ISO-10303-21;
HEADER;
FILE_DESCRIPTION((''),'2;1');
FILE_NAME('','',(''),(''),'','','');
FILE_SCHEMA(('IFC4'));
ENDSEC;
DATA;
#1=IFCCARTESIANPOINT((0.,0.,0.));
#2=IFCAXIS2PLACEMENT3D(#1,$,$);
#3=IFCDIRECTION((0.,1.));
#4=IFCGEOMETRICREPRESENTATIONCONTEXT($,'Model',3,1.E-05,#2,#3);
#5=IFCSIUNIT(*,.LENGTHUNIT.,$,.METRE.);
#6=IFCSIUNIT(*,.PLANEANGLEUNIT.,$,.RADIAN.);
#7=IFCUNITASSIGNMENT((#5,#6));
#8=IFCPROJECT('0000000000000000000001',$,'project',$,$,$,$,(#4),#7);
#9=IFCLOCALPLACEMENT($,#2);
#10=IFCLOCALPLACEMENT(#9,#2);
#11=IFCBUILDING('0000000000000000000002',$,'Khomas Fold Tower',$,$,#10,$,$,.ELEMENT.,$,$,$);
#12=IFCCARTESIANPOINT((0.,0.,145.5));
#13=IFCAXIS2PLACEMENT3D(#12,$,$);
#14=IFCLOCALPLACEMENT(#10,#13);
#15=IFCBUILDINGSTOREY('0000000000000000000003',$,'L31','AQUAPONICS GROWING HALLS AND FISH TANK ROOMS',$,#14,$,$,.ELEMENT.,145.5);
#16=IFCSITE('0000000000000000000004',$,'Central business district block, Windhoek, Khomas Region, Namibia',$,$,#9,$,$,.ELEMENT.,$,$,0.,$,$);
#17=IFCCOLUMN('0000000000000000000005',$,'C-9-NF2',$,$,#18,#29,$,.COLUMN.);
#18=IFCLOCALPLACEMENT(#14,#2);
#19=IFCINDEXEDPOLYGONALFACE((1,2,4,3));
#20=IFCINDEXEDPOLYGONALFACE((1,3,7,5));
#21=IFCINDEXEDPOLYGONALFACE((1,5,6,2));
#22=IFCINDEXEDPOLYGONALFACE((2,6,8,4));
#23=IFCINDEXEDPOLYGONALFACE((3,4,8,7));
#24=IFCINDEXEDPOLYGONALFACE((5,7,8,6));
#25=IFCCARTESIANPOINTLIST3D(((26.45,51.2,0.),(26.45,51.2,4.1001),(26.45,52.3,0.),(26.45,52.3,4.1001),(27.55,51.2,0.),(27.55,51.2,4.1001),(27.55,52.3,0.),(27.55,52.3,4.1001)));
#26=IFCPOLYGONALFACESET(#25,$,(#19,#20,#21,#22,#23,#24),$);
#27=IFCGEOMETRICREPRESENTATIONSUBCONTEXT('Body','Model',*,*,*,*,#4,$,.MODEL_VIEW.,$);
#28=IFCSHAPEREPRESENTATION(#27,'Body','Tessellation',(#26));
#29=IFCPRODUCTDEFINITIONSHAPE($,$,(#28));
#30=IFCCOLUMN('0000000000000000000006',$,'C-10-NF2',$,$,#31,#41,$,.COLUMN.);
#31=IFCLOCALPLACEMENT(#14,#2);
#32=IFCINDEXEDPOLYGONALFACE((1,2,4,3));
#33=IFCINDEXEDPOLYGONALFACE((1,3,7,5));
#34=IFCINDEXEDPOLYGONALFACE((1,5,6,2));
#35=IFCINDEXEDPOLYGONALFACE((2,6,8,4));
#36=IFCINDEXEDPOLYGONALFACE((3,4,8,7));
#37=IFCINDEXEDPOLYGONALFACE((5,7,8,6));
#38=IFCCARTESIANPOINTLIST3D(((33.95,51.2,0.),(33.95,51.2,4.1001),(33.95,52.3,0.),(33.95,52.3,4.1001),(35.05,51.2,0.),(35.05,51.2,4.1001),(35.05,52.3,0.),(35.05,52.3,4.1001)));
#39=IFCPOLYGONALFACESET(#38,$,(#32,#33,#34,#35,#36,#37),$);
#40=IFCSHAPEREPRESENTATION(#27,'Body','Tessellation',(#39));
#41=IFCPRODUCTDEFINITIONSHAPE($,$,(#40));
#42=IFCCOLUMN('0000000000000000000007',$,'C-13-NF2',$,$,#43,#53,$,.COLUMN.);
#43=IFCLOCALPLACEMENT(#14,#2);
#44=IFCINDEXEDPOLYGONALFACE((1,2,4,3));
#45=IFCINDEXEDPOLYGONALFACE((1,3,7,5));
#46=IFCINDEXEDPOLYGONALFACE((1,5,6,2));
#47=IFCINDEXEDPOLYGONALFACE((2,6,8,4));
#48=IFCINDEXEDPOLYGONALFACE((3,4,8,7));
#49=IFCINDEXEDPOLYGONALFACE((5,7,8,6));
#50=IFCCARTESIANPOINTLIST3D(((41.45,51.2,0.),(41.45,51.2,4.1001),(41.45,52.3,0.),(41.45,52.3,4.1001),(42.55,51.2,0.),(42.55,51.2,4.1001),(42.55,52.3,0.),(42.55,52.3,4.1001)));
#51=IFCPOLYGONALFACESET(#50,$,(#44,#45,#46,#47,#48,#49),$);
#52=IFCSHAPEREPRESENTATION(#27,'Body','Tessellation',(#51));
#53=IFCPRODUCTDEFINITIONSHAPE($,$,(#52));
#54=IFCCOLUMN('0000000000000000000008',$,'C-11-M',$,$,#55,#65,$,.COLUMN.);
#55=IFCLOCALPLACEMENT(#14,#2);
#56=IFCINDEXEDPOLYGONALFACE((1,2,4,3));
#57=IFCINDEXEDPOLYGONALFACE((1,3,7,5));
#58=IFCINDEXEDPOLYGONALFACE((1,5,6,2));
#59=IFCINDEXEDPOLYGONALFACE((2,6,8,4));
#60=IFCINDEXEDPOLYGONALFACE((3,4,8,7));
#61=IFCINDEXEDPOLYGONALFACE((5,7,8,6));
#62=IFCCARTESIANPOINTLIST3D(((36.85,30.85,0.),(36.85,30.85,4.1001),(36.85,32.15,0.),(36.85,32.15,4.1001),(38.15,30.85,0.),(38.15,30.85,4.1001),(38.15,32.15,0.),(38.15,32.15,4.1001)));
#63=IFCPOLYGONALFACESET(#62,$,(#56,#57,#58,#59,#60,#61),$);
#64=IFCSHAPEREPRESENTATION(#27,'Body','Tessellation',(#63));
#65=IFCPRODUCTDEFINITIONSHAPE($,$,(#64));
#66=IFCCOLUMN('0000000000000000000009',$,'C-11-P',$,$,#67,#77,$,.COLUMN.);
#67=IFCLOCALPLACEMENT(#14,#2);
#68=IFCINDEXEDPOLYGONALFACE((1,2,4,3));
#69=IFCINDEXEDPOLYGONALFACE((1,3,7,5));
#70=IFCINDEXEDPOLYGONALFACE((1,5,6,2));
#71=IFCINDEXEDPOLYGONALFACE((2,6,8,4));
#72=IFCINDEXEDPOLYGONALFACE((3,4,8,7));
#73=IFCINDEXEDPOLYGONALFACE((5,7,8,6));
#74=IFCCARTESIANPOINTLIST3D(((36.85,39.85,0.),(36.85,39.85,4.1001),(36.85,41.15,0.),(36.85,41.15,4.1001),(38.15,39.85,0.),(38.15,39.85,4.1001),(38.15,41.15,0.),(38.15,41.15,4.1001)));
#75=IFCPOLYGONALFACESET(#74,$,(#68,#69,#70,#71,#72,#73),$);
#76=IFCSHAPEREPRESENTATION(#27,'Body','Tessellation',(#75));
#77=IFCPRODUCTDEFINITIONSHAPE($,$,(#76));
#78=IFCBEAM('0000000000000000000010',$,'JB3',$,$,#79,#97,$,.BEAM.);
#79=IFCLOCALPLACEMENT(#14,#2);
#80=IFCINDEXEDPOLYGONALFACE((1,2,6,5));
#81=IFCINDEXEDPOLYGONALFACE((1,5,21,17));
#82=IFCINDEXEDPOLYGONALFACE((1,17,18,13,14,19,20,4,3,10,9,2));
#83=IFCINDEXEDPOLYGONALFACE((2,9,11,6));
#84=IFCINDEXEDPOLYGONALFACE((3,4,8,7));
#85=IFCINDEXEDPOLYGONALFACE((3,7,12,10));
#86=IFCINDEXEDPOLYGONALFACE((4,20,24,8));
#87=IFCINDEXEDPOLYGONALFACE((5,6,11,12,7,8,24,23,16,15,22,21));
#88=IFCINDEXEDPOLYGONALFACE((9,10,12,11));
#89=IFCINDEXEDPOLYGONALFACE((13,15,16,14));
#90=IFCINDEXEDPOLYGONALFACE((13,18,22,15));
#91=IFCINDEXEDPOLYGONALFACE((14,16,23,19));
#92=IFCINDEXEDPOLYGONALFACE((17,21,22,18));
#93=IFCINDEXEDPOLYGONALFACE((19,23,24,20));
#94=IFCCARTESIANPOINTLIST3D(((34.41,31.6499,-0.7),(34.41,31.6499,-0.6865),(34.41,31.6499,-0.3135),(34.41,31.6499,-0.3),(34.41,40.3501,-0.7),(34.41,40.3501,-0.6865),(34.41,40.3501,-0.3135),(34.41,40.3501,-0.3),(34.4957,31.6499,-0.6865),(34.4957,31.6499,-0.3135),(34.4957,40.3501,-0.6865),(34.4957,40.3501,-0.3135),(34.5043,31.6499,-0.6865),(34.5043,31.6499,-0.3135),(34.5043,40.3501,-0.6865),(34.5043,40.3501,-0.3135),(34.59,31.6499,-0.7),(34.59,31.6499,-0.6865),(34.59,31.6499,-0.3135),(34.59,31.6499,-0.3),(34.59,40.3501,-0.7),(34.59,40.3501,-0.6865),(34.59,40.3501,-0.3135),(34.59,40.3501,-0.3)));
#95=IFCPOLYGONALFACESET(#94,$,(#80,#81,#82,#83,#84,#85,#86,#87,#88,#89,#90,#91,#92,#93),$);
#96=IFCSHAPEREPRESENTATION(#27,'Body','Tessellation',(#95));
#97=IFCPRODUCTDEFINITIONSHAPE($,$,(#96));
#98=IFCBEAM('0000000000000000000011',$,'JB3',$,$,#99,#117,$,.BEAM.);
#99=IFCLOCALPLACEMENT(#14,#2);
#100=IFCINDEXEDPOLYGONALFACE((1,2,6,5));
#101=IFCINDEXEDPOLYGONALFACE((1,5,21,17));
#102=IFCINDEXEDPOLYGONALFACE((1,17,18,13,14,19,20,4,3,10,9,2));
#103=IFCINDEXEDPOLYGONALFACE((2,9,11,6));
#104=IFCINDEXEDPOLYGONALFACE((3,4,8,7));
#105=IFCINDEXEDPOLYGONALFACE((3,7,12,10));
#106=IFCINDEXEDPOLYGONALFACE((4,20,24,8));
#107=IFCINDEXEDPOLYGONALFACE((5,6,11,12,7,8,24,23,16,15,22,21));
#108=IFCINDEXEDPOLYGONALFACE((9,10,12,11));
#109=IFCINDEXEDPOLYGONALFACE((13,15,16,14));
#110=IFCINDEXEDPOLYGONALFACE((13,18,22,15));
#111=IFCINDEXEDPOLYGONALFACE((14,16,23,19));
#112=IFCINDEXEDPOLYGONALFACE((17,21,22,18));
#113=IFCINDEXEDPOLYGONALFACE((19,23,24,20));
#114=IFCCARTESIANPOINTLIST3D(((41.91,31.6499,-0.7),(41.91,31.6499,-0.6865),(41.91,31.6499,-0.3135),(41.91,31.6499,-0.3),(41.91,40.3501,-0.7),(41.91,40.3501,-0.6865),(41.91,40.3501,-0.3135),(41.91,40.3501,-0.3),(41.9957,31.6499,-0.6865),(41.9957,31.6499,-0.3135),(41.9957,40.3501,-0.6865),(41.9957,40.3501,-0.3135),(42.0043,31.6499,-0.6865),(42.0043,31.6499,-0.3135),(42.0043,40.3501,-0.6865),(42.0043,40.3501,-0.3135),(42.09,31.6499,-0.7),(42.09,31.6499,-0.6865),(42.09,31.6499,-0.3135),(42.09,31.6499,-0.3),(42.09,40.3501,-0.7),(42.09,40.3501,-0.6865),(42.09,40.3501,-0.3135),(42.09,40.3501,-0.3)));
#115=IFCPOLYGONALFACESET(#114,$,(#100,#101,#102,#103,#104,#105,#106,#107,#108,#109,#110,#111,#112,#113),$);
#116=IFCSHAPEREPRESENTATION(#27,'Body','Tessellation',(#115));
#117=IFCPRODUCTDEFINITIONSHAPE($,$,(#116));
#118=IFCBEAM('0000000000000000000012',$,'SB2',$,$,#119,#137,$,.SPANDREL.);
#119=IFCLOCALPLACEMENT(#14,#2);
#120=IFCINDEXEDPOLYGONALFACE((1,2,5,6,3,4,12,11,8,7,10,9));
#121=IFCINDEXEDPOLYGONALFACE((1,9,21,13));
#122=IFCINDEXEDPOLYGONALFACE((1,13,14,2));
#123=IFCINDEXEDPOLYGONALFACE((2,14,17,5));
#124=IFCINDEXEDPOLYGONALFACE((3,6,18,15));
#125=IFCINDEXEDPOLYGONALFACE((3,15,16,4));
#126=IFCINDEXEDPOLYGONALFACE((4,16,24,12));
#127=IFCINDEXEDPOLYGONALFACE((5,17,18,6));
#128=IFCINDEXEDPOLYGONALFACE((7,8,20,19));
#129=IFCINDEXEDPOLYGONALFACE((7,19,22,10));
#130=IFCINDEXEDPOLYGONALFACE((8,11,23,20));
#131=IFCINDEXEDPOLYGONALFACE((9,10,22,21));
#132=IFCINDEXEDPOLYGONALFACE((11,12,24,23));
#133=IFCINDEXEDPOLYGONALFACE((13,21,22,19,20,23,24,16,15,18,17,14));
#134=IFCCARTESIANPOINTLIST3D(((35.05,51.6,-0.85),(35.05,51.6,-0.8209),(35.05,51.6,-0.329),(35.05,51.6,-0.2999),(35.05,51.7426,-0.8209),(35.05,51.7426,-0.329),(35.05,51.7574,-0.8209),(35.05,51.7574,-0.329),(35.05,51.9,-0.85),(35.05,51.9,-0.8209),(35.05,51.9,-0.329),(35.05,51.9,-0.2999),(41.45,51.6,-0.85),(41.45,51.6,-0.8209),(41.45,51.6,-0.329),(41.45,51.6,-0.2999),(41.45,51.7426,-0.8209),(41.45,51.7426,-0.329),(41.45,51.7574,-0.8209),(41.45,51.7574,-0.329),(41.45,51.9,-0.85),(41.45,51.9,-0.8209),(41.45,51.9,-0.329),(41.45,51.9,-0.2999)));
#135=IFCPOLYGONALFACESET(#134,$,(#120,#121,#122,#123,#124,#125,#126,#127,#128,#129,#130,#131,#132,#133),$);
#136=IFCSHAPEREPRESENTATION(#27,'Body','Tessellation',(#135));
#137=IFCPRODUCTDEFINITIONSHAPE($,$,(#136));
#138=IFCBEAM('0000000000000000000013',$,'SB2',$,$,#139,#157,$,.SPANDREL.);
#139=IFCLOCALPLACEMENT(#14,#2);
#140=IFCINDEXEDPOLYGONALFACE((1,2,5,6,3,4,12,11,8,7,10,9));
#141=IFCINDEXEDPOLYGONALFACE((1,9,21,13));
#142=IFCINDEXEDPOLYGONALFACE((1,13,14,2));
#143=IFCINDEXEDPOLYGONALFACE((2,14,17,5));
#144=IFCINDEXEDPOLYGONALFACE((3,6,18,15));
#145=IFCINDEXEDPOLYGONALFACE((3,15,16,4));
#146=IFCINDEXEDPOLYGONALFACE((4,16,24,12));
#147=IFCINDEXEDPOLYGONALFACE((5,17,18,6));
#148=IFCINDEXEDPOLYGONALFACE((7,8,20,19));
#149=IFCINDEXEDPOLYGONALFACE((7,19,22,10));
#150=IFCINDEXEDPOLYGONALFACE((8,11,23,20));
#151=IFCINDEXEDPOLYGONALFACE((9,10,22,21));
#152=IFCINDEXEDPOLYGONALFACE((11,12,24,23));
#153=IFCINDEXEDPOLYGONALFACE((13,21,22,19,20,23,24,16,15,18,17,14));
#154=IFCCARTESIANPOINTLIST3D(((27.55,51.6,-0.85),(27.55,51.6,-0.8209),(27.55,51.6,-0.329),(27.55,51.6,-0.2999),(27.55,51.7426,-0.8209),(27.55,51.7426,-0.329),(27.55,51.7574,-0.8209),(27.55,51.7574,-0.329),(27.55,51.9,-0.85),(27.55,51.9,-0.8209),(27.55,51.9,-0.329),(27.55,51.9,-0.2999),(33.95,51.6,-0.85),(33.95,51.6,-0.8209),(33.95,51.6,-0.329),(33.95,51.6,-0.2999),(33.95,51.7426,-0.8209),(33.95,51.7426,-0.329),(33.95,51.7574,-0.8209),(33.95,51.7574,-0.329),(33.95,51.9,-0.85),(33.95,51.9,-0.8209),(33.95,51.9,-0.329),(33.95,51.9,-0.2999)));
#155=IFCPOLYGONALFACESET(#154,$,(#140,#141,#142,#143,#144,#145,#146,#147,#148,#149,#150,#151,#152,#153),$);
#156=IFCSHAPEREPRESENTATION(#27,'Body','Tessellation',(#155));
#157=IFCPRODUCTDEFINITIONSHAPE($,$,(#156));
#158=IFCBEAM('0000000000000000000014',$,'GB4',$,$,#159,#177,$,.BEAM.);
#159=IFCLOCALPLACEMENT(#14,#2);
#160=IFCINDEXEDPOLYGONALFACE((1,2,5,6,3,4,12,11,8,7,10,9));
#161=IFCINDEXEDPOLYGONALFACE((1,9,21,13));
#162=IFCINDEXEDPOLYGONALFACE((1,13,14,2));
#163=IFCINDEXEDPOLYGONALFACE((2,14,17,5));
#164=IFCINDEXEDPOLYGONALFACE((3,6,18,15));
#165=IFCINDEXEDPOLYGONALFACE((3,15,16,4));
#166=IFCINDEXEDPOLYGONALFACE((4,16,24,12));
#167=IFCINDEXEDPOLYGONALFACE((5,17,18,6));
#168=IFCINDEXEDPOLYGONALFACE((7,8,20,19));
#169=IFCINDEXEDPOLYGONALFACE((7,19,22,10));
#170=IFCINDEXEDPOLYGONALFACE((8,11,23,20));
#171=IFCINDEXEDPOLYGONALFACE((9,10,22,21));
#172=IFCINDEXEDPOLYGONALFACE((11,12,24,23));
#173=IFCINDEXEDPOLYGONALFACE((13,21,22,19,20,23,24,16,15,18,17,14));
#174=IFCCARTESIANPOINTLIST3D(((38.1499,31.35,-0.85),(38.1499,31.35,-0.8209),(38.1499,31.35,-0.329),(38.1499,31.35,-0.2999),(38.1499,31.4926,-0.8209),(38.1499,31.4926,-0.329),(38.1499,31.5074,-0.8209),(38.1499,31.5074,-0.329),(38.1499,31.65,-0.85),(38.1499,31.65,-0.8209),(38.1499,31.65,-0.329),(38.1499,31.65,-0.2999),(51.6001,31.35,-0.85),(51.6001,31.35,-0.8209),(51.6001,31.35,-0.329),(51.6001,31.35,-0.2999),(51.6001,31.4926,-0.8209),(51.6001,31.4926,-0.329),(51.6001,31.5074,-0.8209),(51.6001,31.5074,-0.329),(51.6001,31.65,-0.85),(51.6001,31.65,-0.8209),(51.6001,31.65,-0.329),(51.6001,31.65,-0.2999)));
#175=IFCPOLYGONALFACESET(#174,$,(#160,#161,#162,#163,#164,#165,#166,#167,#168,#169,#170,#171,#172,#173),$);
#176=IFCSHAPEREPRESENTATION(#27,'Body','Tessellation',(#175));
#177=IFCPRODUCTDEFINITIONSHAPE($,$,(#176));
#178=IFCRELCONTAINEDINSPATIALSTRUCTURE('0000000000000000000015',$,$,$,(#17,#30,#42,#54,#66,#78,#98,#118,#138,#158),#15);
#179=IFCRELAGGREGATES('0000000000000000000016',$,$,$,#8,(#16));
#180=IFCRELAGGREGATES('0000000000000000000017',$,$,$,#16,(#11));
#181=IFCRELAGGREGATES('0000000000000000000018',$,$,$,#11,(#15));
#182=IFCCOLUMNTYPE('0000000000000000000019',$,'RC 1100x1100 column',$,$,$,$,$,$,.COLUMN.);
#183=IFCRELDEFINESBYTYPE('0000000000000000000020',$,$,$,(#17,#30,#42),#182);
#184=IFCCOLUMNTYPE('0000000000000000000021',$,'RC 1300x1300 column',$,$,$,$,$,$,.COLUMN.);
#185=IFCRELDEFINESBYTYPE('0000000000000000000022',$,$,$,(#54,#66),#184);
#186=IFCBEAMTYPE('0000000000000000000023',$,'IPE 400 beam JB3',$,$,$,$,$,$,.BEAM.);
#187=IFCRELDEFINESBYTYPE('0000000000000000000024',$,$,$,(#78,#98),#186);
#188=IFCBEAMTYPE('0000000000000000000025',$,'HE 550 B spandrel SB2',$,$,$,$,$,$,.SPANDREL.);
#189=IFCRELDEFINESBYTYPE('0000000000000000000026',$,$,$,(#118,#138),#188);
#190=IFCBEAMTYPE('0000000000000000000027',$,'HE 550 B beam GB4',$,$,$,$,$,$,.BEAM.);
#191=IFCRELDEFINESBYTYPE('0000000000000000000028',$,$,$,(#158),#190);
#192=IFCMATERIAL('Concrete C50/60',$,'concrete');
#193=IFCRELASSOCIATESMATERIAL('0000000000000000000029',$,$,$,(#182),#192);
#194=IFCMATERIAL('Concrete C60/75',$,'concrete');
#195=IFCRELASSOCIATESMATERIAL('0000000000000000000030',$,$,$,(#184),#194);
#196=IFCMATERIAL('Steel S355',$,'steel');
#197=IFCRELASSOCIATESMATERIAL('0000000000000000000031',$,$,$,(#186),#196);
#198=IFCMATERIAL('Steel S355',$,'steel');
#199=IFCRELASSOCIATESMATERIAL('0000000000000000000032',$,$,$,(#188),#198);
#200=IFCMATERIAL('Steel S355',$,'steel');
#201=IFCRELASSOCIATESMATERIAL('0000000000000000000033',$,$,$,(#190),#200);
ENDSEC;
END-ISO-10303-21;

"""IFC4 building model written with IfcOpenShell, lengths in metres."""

from ifc_helpers import new_model, si_unit, direction, frame, origin, origin_2d, place, context, subcontext, project, spatial, rectangle, i_section, extrude, source, transform, mapped, material, material_profile, profile_set, type_object, element, save


model = new_model("IFC4")

# Units and contexts
model_context = context("Model", 3, precision=1e-05, world=origin(), true_north=direction((0.0, 1.0)))
body_context = subcontext(model_context, "Body", "Model", "MODEL_VIEW")
ifc_project = project(units=[si_unit("LENGTHUNIT", "METRE"), si_unit("PLANEANGLEUNIT", "RADIAN")], contexts=[model_context])

# Site, building, storey
site_placement = place(None, origin())
site = spatial("IfcSite", under=ifc_project, at=site_placement, Name="Central business district block, Windhoek, Khomas Region, Namibia", CompositionType="ELEMENT", RefElevation=0.0)
building_placement = place(site_placement, origin())
building = spatial("IfcBuilding", under=site, at=building_placement, Name="Khomas Fold Tower", CompositionType="ELEMENT")
storey_placement = place(building_placement, frame((0.0, 0.0, 145.5)))
storey = spatial("IfcBuildingStorey", under=building, at=storey_placement, Name="L31", Description="AQUAPONICS GROWING HALLS AND FISH TANK ROOMS", CompositionType="ELEMENT", Elevation=145.5)

# Columns
ifc_material_1 = material(Name="Concrete C50/60", Category="concrete")
ifc_material_profile_1 = material_profile(ifc_material_1, rectangle(XDim=1.1001, YDim=1.1001, at=origin_2d()), Name="RC 1100x1100")
ifc_profile_set_1 = profile_set([ifc_material_profile_1], Name="Concrete C50/60")
column_type_1 = type_object("IfcColumnType", Name="RC 1100x1100 column", PredefinedType="COLUMN", material=ifc_profile_set_1)
shared_shape_1 = source(origin(), body_context, "Body", "SweptSolid", [
    extrude(rectangle(XDim=1.1001, YDim=1.1001, at=origin_2d()), origin(), (0.0, 0.0, 1.0), 4.1001),
])
for number, where, z_axis, x_axis, name in (
    (1, (27.0, 51.75, 0.0), (0.0, 0.0, 1.0), (1.0, 0.0, 0.0), "C-9-NF2"),
    (2, (34.5, 51.75, 0.0), (0.0, 0.0, 1.0), (1.0, 0.0, 0.0), "C-10-NF2"),
    (3, (42.0, 51.75, 0.0), (0.0, 0.0, 1.0), (1.0, 0.0, 0.0), "C-13-NF2"),
):
    element("IfcColumn", number, at=place(storey_placement, frame(where, z_axis=z_axis, x_axis=x_axis)), inside=storey, type_object=column_type_1, Name=name, PredefinedType="COLUMN", context=body_context, shape_type="MappedRepresentation", body=[
        mapped(shared_shape_1, transform((0.0, 0.0, 0.0))),
    ])
ifc_material_2 = material(Name="Concrete C60/75", Category="concrete")
ifc_material_profile_2 = material_profile(ifc_material_2, rectangle(XDim=1.3, YDim=1.3, at=origin_2d()), Name="RC 1300x1300")
ifc_profile_set_2 = profile_set([ifc_material_profile_2], Name="Concrete C60/75")
column_type_2 = type_object("IfcColumnType", Name="RC 1300x1300 column", PredefinedType="COLUMN", material=ifc_profile_set_2)
shared_shape_2 = source(origin(), body_context, "Body", "SweptSolid", [
    extrude(rectangle(XDim=1.3, YDim=1.3, at=origin_2d()), origin(), (0.0, 0.0, 1.0), 4.1001),
])
for number, where, z_axis, x_axis, name in (
    (4, (37.5, 31.5, 0.0), (0.0, 0.0, 1.0), (1.0, 0.0, 0.0), "C-11-M"),
    (5, (37.5, 40.5, 0.0), (0.0, 0.0, 1.0), (1.0, 0.0, 0.0), "C-11-P"),
):
    element("IfcColumn", number, at=place(storey_placement, frame(where, z_axis=z_axis, x_axis=x_axis)), inside=storey, type_object=column_type_2, Name=name, PredefinedType="COLUMN", context=body_context, shape_type="MappedRepresentation", body=[
        mapped(shared_shape_2, transform((0.0, 0.0, 0.0))),
    ])

# Beams
ifc_material_3 = material(Name="Steel S355", Category="steel")
ifc_material_profile_3 = material_profile(ifc_material_3, i_section(OverallWidth=0.1799, OverallDepth=0.3999, WebThickness=0.0085, FlangeThickness=0.0134, at=origin_2d()), Name="IPE 400")
ifc_profile_set_3 = profile_set([ifc_material_profile_3], Name="Steel S355")
beam_type_1 = type_object("IfcBeamType", Name="IPE 400 beam JB3", PredefinedType="BEAM", material=ifc_profile_set_3)
shared_shape_3 = source(origin(), body_context, "Body", "SweptSolid", [
    extrude(i_section(OverallWidth=0.1799, OverallDepth=0.3999, WebThickness=0.0085, FlangeThickness=0.0134, at=origin_2d()), origin(), (0.0, 0.0, 1.0), 8.7002),
])
for number, where, z_axis, x_axis, name in (
    (6, (34.5, 31.6499, -0.5), (0.0, 1.0, 0.0), (-1.0, 0.0, 0.0), "JB3"),
    (7, (42.0, 31.6499, -0.5), (0.0, 1.0, 0.0), (-1.0, 0.0, 0.0), "JB3"),
):
    element("IfcBeam", number, at=place(storey_placement, frame(where, z_axis=z_axis, x_axis=x_axis)), inside=storey, type_object=beam_type_1, Name=name, PredefinedType="BEAM", context=body_context, shape_type="MappedRepresentation", body=[
        mapped(shared_shape_3, transform((0.0, 0.0, 0.0))),
    ])
ifc_material_4 = material(Name="Steel S355", Category="steel")
ifc_material_profile_4 = material_profile(ifc_material_4, i_section(OverallWidth=0.3, OverallDepth=0.55, WebThickness=0.0149, FlangeThickness=0.0291, at=origin_2d()), Name="HE 550 B")
ifc_profile_set_4 = profile_set([ifc_material_profile_4], Name="Steel S355")
beam_type_2 = type_object("IfcBeamType", Name="HE 550 B spandrel SB2", PredefinedType="SPANDREL", material=ifc_profile_set_4)
shared_shape_4 = source(origin(), body_context, "Body", "SweptSolid", [
    extrude(i_section(OverallWidth=0.3, OverallDepth=0.55, WebThickness=0.0149, FlangeThickness=0.0291, at=origin_2d()), origin(), (0.0, 0.0, 1.0), 6.3999),
])
for number, where, z_axis, x_axis, name in (
    (8, (35.05, 51.75, -0.575), (1.0, 0.0, 0.0), (0.0, 1.0, 0.0), "SB2"),
    (9, (27.55, 51.75, -0.575), (1.0, 0.0, 0.0), (0.0, 1.0, 0.0), "SB2"),
):
    element("IfcBeam", number, at=place(storey_placement, frame(where, z_axis=z_axis, x_axis=x_axis)), inside=storey, type_object=beam_type_2, Name=name, PredefinedType="SPANDREL", context=body_context, shape_type="MappedRepresentation", body=[
        mapped(shared_shape_4, transform((0.0, 0.0, 0.0))),
    ])
ifc_material_5 = material(Name="Steel S355", Category="steel")
ifc_material_profile_5 = material_profile(ifc_material_5, i_section(OverallWidth=0.3, OverallDepth=0.55, WebThickness=0.0149, FlangeThickness=0.0291, at=origin_2d()), Name="HE 550 B")
ifc_profile_set_5 = profile_set([ifc_material_profile_5], Name="Steel S355")
beam_type_3 = type_object("IfcBeamType", Name="HE 550 B beam GB4", PredefinedType="BEAM", material=ifc_profile_set_5)
shared_shape_5 = source(origin(), body_context, "Body", "SweptSolid", [
    extrude(i_section(OverallWidth=0.3, OverallDepth=0.55, WebThickness=0.0149, FlangeThickness=0.0291, at=origin_2d()), origin(), (0.0, 0.0, 1.0), 13.4502),
])
for number, where, z_axis, x_axis, name in (
    (10, (38.1499, 31.5, -0.575), (1.0, 0.0, 0.0), (0.0, 1.0, 0.0), "GB4"),
):
    element("IfcBeam", number, at=place(storey_placement, frame(where, z_axis=z_axis, x_axis=x_axis)), inside=storey, type_object=beam_type_3, Name=name, PredefinedType="BEAM", context=body_context, shape_type="MappedRepresentation", body=[
        mapped(shared_shape_5, transform((0.0, 0.0, 0.0))),
    ])

save(model, "model.ifc")
